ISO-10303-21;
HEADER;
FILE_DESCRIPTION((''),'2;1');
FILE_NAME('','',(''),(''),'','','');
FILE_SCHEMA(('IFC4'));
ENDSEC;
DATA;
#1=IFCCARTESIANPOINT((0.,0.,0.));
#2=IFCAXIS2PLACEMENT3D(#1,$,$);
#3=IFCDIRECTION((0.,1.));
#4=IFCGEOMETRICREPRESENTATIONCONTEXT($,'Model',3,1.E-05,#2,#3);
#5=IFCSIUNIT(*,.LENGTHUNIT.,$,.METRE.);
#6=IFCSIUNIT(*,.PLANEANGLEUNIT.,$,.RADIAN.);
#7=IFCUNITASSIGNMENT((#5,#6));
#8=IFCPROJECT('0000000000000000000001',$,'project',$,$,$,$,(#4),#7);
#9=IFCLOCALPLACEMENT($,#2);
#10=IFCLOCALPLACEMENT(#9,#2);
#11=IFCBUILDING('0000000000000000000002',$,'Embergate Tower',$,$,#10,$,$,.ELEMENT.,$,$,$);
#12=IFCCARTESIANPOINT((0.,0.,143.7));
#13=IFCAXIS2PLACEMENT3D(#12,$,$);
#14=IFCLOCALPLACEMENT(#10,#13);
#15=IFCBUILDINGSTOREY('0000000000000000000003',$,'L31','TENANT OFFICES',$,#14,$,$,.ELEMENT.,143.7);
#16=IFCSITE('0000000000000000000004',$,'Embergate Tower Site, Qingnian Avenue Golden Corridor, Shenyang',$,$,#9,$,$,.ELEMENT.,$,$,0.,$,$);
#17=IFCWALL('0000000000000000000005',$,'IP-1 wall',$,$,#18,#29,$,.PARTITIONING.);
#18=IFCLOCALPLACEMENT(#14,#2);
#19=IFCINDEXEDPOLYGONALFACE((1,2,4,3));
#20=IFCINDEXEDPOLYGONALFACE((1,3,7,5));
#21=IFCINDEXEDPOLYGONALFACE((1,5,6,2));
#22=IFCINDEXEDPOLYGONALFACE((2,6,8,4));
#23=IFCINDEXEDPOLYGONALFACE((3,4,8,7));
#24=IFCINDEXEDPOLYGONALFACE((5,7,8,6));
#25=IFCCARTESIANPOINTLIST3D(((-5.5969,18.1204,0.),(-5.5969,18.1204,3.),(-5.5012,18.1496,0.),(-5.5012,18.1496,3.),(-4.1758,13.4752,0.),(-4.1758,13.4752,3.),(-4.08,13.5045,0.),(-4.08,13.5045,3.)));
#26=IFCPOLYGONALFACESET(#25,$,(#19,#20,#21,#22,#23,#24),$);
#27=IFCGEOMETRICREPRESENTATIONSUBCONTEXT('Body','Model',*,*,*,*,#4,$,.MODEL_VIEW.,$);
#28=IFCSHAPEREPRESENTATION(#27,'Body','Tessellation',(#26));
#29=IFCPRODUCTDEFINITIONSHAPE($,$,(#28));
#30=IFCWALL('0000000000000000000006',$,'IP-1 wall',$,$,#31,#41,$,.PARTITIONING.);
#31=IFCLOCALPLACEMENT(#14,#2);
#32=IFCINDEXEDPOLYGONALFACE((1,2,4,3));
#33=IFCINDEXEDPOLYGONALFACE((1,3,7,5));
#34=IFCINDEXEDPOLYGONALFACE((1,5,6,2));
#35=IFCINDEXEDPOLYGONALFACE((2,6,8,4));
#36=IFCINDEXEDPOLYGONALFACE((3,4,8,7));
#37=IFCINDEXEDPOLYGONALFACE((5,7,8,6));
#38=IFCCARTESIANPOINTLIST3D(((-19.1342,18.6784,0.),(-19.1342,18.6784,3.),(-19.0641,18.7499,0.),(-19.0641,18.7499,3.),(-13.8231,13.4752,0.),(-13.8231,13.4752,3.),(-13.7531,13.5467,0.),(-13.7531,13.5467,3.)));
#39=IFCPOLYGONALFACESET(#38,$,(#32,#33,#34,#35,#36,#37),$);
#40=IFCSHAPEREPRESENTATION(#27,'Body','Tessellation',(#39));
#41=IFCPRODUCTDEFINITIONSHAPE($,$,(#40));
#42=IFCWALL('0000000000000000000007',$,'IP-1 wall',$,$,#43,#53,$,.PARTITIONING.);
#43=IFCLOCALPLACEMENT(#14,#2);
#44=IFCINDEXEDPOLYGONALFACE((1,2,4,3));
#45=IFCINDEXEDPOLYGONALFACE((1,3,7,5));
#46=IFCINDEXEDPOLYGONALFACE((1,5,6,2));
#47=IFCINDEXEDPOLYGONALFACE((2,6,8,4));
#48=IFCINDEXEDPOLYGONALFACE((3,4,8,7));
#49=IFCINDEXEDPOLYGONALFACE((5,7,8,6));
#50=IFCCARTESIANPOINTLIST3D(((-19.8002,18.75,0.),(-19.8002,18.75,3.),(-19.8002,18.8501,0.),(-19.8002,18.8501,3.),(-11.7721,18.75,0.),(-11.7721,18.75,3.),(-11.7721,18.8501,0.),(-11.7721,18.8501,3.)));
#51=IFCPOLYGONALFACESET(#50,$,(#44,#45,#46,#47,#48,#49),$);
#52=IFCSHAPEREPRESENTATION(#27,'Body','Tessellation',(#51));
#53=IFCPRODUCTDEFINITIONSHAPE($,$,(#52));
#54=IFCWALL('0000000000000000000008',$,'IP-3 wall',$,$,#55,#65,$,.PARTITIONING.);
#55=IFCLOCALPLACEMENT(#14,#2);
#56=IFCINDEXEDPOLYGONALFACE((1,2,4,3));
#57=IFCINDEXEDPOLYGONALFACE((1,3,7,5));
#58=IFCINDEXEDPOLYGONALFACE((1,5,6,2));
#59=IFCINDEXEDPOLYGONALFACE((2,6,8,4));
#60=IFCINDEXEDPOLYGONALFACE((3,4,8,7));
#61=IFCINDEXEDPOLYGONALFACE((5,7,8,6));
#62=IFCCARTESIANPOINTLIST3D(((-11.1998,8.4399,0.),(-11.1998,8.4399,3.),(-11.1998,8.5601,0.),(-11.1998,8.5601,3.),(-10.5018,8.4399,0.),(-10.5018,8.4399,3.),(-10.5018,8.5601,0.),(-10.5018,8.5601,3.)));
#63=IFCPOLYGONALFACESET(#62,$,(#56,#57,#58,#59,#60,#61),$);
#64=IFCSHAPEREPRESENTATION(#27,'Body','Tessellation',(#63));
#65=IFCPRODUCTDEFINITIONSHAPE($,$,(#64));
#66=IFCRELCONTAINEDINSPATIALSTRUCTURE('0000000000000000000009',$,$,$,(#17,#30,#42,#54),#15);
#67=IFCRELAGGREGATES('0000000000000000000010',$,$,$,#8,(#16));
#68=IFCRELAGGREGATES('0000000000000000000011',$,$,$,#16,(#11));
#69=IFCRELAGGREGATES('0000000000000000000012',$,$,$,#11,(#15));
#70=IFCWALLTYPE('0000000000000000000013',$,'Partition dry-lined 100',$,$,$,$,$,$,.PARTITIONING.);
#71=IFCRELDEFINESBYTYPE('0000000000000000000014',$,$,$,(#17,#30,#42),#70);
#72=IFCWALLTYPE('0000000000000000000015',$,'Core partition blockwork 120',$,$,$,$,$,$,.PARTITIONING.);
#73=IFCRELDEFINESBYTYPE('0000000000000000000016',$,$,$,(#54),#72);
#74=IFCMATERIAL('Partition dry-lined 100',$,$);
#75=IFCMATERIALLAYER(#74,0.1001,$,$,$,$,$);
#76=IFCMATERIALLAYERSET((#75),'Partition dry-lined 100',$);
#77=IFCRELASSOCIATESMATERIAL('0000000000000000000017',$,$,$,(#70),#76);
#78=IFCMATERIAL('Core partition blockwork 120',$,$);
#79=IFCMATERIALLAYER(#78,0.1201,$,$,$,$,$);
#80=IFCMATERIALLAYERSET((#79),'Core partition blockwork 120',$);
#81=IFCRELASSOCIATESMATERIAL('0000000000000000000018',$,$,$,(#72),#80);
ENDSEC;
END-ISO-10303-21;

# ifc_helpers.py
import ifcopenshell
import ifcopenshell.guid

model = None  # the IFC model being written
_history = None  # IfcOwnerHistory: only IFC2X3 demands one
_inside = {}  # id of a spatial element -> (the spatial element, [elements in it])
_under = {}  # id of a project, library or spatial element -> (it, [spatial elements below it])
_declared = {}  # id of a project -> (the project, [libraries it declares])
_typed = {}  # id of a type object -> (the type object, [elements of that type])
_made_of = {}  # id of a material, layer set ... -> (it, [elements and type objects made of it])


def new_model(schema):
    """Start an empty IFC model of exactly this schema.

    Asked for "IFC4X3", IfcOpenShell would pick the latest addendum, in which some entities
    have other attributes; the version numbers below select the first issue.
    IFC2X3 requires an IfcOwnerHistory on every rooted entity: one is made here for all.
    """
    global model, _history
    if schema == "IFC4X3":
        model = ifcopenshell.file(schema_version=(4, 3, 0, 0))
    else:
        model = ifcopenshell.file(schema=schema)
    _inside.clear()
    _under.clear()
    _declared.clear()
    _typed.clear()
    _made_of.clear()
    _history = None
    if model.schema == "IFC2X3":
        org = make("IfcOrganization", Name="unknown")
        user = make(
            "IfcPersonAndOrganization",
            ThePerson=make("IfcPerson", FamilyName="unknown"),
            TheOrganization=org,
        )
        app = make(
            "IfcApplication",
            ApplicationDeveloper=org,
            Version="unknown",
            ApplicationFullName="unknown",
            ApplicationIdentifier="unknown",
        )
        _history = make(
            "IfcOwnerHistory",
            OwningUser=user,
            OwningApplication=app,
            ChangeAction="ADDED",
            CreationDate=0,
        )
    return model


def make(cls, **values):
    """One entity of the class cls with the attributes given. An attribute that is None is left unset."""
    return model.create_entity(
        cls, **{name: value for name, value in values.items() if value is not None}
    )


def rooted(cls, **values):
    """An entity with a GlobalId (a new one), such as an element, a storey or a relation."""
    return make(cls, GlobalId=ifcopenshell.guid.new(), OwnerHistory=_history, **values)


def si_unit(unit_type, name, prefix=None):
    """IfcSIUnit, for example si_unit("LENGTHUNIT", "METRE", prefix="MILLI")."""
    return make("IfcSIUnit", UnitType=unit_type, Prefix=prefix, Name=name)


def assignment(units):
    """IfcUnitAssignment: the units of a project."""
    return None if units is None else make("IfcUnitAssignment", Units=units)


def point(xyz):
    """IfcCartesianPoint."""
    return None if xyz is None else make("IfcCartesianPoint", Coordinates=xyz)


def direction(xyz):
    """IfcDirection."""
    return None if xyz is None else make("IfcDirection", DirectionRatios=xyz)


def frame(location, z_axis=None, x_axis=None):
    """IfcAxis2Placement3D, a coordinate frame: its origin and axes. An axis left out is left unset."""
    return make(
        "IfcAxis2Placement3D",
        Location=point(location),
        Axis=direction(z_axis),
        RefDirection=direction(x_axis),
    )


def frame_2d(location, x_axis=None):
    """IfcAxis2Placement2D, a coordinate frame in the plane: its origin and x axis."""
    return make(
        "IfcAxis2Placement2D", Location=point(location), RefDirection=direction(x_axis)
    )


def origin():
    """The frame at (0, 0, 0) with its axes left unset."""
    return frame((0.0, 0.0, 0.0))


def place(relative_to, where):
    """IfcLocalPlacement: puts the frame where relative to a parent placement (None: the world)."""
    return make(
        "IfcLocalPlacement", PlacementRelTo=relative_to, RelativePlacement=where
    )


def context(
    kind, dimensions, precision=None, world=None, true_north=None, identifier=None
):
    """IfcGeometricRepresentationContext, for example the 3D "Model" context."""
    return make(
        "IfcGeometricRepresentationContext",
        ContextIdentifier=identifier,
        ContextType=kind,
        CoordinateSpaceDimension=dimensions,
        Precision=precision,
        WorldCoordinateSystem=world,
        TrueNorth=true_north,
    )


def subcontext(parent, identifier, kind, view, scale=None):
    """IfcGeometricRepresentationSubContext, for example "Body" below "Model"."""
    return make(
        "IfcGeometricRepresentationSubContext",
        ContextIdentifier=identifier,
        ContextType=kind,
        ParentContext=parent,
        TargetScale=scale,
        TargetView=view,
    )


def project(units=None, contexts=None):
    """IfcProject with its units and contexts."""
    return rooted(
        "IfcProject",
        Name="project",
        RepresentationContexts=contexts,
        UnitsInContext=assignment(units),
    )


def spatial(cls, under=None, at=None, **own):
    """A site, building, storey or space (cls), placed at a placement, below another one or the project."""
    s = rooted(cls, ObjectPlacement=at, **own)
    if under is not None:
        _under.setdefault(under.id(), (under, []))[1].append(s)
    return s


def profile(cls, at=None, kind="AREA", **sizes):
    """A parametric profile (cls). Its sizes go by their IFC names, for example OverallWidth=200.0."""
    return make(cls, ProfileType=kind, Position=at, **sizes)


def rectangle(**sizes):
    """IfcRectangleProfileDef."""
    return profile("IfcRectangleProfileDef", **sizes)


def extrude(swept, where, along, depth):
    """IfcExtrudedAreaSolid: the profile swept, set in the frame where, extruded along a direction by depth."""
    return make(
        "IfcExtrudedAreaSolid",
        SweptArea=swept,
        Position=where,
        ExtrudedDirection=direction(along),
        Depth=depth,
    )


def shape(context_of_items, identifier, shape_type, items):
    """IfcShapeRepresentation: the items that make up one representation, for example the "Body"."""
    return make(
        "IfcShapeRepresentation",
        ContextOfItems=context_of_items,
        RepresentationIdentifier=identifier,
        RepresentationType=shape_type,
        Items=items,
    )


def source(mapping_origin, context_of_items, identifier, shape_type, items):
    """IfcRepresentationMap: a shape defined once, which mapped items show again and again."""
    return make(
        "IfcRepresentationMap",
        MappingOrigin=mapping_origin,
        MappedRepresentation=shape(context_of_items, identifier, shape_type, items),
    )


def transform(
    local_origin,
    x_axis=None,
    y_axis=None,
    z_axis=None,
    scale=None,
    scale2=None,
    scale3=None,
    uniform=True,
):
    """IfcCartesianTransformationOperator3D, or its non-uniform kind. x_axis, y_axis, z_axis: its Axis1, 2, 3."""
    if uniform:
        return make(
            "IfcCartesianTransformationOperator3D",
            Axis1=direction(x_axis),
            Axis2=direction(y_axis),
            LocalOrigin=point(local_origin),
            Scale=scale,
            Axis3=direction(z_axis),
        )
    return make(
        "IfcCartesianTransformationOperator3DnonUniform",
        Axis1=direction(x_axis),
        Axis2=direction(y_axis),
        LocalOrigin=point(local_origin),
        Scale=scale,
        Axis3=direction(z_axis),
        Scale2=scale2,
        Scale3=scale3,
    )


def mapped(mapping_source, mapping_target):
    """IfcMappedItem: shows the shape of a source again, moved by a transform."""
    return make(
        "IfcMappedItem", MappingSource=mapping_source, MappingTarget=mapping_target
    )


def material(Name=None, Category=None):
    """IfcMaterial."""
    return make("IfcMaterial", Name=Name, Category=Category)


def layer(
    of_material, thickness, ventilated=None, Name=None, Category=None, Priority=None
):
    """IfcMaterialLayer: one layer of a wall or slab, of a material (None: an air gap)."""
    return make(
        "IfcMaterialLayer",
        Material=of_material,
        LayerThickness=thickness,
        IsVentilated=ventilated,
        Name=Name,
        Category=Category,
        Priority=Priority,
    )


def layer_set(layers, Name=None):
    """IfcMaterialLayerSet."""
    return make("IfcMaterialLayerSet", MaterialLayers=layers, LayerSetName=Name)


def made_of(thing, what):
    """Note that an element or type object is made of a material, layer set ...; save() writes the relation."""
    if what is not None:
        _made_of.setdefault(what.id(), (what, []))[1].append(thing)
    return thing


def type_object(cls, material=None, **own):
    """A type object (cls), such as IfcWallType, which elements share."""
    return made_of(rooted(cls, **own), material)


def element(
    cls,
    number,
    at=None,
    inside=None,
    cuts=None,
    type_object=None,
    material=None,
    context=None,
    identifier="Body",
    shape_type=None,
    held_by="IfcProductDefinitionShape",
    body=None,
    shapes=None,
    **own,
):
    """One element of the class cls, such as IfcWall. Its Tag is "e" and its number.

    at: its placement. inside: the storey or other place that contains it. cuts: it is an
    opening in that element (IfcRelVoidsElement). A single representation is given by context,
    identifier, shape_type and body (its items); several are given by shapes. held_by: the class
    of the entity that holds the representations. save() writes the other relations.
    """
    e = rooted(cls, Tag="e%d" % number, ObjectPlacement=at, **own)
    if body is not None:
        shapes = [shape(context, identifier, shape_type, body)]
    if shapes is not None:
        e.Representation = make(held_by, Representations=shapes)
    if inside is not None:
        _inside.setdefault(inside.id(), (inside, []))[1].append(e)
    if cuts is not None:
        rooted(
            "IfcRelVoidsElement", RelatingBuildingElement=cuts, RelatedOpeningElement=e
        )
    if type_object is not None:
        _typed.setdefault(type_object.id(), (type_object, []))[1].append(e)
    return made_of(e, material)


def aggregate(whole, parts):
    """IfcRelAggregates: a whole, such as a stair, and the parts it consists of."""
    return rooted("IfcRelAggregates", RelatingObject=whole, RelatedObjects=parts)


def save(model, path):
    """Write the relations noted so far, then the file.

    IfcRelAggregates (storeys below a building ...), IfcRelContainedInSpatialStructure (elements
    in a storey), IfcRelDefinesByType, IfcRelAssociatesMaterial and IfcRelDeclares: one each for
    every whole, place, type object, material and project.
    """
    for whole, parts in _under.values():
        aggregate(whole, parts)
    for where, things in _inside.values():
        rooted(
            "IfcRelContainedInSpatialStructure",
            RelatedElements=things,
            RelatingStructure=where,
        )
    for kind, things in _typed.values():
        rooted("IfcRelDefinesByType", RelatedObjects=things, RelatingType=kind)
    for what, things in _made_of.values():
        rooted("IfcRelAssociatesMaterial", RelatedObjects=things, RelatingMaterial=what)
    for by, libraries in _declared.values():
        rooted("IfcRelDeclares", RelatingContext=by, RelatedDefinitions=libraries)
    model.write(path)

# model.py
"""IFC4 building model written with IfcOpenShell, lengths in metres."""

from ifc_helpers import new_model, si_unit, direction, frame, frame_2d, origin, place, context, subcontext, project, spatial, rectangle, extrude, source, transform, mapped, material, layer, layer_set, type_object, element, save


model = new_model("IFC4")

# Units and contexts
model_context = context("Model", 3, precision=1e-05, world=origin(), true_north=direction((0.0, 1.0)))
body_context = subcontext(model_context, "Body", "Model", "MODEL_VIEW")
ifc_project = project(units=[si_unit("LENGTHUNIT", "METRE"), si_unit("PLANEANGLEUNIT", "RADIAN")], contexts=[model_context])

# Site, building, storey
site_placement = place(None, origin())
site = spatial("IfcSite", under=ifc_project, at=site_placement, Name="Embergate Tower Site, Qingnian Avenue Golden Corridor, Shenyang", CompositionType="ELEMENT", RefElevation=0.0)
building_placement = place(site_placement, origin())
building = spatial("IfcBuilding", under=site, at=building_placement, Name="Embergate Tower", CompositionType="ELEMENT")
storey_placement = place(building_placement, frame((0.0, 0.0, 143.7)))
storey = spatial("IfcBuildingStorey", under=building, at=storey_placement, Name="L31", Description="TENANT OFFICES", CompositionType="ELEMENT", Elevation=143.7)

# Shared definitions
ifc_material_1 = material(Name="Partition dry-lined 100")
ifc_layer_1 = layer(ifc_material_1, 0.1001)
ifc_layer_set_1 = layer_set([ifc_layer_1], Name="Partition dry-lined 100")
wall_type_1 = type_object("IfcWallType", Name="Partition dry-lined 100", PredefinedType="PARTITIONING", material=ifc_layer_set_1)

# Walls
shared_shape_1 = source(origin(), body_context, "Body", "SweptSolid", [
    extrude(rectangle(XDim=4.8577, YDim=0.1001, at=frame_2d((2.4287, 0.0))), origin(), (0.0, 0.0, 1.0), 3.0),
])
wall_1_placement = place(storey_placement, frame((-4.1279, 13.49, 0.0), z_axis=(0.0, 0.0, 1.0), x_axis=(-0.292563, 0.956246, 0.0)))
element("IfcWall", 1, at=wall_1_placement, inside=storey, type_object=wall_type_1, Name="IP-1 wall", PredefinedType="PARTITIONING", context=body_context, shape_type="MappedRepresentation", body=[
    mapped(shared_shape_1, transform((0.0, 0.0, 0.0))),
])
shared_shape_2 = source(origin(), body_context, "Body", "SweptSolid", [
    extrude(rectangle(XDim=7.4351, YDim=0.1001, at=frame_2d((3.7175, 0.0))), origin(), (0.0, 0.0, 1.0), 3.0),
])
wall_2_placement = place(storey_placement, frame((-13.7881, 13.511, 0.0), z_axis=(0.0, 0.0, 1.0), x_axis=(-0.714326, 0.699813, 0.0)))
element("IfcWall", 2, at=wall_2_placement, inside=storey, type_object=wall_type_1, Name="IP-1 wall", PredefinedType="PARTITIONING", context=body_context, shape_type="MappedRepresentation", body=[
    mapped(shared_shape_2, transform((0.0, 0.0, 0.0))),
])
shared_shape_3 = source(origin(), body_context, "Body", "SweptSolid", [
    extrude(rectangle(XDim=8.0281, YDim=0.1001, at=frame_2d((4.0142, 0.0))), origin(), (0.0, 0.0, 1.0), 3.0),
])
wall_3_placement = place(storey_placement, frame((-11.772, 18.8, 0.0), z_axis=(0.0, 0.0, 1.0), x_axis=(-1.0, 0.0, 0.0)))
element("IfcWall", 3, at=wall_3_placement, inside=storey, type_object=wall_type_1, Name="IP-1 wall", PredefinedType="PARTITIONING", context=body_context, shape_type="MappedRepresentation", body=[
    mapped(shared_shape_3, transform((0.0, 0.0, 0.0))),
])
ifc_material_2 = material(Name="Core partition blockwork 120")
ifc_layer_2 = layer(ifc_material_2, 0.1201)
ifc_layer_set_2 = layer_set([ifc_layer_2], Name="Core partition blockwork 120")
wall_type_2 = type_object("IfcWallType", Name="Core partition blockwork 120", PredefinedType="PARTITIONING", material=ifc_layer_set_2)
shared_shape_4 = source(origin(), body_context, "Body", "SweptSolid", [
    extrude(rectangle(XDim=0.698, YDim=0.1201, at=frame_2d((0.3491, 0.0))), origin(), (0.0, 0.0, 1.0), 3.0),
])
wall_4_placement = place(storey_placement, frame((-11.2, 8.5, 0.0), z_axis=(0.0, 0.0, 1.0), x_axis=(1.0, 0.0, 0.0)))
element("IfcWall", 4, at=wall_4_placement, inside=storey, type_object=wall_type_2, Name="IP-3 wall", PredefinedType="PARTITIONING", context=body_context, shape_type="MappedRepresentation", body=[
    mapped(shared_shape_4, transform((0.0, 0.0, 0.0))),
])

save(model, "model.ifc")
